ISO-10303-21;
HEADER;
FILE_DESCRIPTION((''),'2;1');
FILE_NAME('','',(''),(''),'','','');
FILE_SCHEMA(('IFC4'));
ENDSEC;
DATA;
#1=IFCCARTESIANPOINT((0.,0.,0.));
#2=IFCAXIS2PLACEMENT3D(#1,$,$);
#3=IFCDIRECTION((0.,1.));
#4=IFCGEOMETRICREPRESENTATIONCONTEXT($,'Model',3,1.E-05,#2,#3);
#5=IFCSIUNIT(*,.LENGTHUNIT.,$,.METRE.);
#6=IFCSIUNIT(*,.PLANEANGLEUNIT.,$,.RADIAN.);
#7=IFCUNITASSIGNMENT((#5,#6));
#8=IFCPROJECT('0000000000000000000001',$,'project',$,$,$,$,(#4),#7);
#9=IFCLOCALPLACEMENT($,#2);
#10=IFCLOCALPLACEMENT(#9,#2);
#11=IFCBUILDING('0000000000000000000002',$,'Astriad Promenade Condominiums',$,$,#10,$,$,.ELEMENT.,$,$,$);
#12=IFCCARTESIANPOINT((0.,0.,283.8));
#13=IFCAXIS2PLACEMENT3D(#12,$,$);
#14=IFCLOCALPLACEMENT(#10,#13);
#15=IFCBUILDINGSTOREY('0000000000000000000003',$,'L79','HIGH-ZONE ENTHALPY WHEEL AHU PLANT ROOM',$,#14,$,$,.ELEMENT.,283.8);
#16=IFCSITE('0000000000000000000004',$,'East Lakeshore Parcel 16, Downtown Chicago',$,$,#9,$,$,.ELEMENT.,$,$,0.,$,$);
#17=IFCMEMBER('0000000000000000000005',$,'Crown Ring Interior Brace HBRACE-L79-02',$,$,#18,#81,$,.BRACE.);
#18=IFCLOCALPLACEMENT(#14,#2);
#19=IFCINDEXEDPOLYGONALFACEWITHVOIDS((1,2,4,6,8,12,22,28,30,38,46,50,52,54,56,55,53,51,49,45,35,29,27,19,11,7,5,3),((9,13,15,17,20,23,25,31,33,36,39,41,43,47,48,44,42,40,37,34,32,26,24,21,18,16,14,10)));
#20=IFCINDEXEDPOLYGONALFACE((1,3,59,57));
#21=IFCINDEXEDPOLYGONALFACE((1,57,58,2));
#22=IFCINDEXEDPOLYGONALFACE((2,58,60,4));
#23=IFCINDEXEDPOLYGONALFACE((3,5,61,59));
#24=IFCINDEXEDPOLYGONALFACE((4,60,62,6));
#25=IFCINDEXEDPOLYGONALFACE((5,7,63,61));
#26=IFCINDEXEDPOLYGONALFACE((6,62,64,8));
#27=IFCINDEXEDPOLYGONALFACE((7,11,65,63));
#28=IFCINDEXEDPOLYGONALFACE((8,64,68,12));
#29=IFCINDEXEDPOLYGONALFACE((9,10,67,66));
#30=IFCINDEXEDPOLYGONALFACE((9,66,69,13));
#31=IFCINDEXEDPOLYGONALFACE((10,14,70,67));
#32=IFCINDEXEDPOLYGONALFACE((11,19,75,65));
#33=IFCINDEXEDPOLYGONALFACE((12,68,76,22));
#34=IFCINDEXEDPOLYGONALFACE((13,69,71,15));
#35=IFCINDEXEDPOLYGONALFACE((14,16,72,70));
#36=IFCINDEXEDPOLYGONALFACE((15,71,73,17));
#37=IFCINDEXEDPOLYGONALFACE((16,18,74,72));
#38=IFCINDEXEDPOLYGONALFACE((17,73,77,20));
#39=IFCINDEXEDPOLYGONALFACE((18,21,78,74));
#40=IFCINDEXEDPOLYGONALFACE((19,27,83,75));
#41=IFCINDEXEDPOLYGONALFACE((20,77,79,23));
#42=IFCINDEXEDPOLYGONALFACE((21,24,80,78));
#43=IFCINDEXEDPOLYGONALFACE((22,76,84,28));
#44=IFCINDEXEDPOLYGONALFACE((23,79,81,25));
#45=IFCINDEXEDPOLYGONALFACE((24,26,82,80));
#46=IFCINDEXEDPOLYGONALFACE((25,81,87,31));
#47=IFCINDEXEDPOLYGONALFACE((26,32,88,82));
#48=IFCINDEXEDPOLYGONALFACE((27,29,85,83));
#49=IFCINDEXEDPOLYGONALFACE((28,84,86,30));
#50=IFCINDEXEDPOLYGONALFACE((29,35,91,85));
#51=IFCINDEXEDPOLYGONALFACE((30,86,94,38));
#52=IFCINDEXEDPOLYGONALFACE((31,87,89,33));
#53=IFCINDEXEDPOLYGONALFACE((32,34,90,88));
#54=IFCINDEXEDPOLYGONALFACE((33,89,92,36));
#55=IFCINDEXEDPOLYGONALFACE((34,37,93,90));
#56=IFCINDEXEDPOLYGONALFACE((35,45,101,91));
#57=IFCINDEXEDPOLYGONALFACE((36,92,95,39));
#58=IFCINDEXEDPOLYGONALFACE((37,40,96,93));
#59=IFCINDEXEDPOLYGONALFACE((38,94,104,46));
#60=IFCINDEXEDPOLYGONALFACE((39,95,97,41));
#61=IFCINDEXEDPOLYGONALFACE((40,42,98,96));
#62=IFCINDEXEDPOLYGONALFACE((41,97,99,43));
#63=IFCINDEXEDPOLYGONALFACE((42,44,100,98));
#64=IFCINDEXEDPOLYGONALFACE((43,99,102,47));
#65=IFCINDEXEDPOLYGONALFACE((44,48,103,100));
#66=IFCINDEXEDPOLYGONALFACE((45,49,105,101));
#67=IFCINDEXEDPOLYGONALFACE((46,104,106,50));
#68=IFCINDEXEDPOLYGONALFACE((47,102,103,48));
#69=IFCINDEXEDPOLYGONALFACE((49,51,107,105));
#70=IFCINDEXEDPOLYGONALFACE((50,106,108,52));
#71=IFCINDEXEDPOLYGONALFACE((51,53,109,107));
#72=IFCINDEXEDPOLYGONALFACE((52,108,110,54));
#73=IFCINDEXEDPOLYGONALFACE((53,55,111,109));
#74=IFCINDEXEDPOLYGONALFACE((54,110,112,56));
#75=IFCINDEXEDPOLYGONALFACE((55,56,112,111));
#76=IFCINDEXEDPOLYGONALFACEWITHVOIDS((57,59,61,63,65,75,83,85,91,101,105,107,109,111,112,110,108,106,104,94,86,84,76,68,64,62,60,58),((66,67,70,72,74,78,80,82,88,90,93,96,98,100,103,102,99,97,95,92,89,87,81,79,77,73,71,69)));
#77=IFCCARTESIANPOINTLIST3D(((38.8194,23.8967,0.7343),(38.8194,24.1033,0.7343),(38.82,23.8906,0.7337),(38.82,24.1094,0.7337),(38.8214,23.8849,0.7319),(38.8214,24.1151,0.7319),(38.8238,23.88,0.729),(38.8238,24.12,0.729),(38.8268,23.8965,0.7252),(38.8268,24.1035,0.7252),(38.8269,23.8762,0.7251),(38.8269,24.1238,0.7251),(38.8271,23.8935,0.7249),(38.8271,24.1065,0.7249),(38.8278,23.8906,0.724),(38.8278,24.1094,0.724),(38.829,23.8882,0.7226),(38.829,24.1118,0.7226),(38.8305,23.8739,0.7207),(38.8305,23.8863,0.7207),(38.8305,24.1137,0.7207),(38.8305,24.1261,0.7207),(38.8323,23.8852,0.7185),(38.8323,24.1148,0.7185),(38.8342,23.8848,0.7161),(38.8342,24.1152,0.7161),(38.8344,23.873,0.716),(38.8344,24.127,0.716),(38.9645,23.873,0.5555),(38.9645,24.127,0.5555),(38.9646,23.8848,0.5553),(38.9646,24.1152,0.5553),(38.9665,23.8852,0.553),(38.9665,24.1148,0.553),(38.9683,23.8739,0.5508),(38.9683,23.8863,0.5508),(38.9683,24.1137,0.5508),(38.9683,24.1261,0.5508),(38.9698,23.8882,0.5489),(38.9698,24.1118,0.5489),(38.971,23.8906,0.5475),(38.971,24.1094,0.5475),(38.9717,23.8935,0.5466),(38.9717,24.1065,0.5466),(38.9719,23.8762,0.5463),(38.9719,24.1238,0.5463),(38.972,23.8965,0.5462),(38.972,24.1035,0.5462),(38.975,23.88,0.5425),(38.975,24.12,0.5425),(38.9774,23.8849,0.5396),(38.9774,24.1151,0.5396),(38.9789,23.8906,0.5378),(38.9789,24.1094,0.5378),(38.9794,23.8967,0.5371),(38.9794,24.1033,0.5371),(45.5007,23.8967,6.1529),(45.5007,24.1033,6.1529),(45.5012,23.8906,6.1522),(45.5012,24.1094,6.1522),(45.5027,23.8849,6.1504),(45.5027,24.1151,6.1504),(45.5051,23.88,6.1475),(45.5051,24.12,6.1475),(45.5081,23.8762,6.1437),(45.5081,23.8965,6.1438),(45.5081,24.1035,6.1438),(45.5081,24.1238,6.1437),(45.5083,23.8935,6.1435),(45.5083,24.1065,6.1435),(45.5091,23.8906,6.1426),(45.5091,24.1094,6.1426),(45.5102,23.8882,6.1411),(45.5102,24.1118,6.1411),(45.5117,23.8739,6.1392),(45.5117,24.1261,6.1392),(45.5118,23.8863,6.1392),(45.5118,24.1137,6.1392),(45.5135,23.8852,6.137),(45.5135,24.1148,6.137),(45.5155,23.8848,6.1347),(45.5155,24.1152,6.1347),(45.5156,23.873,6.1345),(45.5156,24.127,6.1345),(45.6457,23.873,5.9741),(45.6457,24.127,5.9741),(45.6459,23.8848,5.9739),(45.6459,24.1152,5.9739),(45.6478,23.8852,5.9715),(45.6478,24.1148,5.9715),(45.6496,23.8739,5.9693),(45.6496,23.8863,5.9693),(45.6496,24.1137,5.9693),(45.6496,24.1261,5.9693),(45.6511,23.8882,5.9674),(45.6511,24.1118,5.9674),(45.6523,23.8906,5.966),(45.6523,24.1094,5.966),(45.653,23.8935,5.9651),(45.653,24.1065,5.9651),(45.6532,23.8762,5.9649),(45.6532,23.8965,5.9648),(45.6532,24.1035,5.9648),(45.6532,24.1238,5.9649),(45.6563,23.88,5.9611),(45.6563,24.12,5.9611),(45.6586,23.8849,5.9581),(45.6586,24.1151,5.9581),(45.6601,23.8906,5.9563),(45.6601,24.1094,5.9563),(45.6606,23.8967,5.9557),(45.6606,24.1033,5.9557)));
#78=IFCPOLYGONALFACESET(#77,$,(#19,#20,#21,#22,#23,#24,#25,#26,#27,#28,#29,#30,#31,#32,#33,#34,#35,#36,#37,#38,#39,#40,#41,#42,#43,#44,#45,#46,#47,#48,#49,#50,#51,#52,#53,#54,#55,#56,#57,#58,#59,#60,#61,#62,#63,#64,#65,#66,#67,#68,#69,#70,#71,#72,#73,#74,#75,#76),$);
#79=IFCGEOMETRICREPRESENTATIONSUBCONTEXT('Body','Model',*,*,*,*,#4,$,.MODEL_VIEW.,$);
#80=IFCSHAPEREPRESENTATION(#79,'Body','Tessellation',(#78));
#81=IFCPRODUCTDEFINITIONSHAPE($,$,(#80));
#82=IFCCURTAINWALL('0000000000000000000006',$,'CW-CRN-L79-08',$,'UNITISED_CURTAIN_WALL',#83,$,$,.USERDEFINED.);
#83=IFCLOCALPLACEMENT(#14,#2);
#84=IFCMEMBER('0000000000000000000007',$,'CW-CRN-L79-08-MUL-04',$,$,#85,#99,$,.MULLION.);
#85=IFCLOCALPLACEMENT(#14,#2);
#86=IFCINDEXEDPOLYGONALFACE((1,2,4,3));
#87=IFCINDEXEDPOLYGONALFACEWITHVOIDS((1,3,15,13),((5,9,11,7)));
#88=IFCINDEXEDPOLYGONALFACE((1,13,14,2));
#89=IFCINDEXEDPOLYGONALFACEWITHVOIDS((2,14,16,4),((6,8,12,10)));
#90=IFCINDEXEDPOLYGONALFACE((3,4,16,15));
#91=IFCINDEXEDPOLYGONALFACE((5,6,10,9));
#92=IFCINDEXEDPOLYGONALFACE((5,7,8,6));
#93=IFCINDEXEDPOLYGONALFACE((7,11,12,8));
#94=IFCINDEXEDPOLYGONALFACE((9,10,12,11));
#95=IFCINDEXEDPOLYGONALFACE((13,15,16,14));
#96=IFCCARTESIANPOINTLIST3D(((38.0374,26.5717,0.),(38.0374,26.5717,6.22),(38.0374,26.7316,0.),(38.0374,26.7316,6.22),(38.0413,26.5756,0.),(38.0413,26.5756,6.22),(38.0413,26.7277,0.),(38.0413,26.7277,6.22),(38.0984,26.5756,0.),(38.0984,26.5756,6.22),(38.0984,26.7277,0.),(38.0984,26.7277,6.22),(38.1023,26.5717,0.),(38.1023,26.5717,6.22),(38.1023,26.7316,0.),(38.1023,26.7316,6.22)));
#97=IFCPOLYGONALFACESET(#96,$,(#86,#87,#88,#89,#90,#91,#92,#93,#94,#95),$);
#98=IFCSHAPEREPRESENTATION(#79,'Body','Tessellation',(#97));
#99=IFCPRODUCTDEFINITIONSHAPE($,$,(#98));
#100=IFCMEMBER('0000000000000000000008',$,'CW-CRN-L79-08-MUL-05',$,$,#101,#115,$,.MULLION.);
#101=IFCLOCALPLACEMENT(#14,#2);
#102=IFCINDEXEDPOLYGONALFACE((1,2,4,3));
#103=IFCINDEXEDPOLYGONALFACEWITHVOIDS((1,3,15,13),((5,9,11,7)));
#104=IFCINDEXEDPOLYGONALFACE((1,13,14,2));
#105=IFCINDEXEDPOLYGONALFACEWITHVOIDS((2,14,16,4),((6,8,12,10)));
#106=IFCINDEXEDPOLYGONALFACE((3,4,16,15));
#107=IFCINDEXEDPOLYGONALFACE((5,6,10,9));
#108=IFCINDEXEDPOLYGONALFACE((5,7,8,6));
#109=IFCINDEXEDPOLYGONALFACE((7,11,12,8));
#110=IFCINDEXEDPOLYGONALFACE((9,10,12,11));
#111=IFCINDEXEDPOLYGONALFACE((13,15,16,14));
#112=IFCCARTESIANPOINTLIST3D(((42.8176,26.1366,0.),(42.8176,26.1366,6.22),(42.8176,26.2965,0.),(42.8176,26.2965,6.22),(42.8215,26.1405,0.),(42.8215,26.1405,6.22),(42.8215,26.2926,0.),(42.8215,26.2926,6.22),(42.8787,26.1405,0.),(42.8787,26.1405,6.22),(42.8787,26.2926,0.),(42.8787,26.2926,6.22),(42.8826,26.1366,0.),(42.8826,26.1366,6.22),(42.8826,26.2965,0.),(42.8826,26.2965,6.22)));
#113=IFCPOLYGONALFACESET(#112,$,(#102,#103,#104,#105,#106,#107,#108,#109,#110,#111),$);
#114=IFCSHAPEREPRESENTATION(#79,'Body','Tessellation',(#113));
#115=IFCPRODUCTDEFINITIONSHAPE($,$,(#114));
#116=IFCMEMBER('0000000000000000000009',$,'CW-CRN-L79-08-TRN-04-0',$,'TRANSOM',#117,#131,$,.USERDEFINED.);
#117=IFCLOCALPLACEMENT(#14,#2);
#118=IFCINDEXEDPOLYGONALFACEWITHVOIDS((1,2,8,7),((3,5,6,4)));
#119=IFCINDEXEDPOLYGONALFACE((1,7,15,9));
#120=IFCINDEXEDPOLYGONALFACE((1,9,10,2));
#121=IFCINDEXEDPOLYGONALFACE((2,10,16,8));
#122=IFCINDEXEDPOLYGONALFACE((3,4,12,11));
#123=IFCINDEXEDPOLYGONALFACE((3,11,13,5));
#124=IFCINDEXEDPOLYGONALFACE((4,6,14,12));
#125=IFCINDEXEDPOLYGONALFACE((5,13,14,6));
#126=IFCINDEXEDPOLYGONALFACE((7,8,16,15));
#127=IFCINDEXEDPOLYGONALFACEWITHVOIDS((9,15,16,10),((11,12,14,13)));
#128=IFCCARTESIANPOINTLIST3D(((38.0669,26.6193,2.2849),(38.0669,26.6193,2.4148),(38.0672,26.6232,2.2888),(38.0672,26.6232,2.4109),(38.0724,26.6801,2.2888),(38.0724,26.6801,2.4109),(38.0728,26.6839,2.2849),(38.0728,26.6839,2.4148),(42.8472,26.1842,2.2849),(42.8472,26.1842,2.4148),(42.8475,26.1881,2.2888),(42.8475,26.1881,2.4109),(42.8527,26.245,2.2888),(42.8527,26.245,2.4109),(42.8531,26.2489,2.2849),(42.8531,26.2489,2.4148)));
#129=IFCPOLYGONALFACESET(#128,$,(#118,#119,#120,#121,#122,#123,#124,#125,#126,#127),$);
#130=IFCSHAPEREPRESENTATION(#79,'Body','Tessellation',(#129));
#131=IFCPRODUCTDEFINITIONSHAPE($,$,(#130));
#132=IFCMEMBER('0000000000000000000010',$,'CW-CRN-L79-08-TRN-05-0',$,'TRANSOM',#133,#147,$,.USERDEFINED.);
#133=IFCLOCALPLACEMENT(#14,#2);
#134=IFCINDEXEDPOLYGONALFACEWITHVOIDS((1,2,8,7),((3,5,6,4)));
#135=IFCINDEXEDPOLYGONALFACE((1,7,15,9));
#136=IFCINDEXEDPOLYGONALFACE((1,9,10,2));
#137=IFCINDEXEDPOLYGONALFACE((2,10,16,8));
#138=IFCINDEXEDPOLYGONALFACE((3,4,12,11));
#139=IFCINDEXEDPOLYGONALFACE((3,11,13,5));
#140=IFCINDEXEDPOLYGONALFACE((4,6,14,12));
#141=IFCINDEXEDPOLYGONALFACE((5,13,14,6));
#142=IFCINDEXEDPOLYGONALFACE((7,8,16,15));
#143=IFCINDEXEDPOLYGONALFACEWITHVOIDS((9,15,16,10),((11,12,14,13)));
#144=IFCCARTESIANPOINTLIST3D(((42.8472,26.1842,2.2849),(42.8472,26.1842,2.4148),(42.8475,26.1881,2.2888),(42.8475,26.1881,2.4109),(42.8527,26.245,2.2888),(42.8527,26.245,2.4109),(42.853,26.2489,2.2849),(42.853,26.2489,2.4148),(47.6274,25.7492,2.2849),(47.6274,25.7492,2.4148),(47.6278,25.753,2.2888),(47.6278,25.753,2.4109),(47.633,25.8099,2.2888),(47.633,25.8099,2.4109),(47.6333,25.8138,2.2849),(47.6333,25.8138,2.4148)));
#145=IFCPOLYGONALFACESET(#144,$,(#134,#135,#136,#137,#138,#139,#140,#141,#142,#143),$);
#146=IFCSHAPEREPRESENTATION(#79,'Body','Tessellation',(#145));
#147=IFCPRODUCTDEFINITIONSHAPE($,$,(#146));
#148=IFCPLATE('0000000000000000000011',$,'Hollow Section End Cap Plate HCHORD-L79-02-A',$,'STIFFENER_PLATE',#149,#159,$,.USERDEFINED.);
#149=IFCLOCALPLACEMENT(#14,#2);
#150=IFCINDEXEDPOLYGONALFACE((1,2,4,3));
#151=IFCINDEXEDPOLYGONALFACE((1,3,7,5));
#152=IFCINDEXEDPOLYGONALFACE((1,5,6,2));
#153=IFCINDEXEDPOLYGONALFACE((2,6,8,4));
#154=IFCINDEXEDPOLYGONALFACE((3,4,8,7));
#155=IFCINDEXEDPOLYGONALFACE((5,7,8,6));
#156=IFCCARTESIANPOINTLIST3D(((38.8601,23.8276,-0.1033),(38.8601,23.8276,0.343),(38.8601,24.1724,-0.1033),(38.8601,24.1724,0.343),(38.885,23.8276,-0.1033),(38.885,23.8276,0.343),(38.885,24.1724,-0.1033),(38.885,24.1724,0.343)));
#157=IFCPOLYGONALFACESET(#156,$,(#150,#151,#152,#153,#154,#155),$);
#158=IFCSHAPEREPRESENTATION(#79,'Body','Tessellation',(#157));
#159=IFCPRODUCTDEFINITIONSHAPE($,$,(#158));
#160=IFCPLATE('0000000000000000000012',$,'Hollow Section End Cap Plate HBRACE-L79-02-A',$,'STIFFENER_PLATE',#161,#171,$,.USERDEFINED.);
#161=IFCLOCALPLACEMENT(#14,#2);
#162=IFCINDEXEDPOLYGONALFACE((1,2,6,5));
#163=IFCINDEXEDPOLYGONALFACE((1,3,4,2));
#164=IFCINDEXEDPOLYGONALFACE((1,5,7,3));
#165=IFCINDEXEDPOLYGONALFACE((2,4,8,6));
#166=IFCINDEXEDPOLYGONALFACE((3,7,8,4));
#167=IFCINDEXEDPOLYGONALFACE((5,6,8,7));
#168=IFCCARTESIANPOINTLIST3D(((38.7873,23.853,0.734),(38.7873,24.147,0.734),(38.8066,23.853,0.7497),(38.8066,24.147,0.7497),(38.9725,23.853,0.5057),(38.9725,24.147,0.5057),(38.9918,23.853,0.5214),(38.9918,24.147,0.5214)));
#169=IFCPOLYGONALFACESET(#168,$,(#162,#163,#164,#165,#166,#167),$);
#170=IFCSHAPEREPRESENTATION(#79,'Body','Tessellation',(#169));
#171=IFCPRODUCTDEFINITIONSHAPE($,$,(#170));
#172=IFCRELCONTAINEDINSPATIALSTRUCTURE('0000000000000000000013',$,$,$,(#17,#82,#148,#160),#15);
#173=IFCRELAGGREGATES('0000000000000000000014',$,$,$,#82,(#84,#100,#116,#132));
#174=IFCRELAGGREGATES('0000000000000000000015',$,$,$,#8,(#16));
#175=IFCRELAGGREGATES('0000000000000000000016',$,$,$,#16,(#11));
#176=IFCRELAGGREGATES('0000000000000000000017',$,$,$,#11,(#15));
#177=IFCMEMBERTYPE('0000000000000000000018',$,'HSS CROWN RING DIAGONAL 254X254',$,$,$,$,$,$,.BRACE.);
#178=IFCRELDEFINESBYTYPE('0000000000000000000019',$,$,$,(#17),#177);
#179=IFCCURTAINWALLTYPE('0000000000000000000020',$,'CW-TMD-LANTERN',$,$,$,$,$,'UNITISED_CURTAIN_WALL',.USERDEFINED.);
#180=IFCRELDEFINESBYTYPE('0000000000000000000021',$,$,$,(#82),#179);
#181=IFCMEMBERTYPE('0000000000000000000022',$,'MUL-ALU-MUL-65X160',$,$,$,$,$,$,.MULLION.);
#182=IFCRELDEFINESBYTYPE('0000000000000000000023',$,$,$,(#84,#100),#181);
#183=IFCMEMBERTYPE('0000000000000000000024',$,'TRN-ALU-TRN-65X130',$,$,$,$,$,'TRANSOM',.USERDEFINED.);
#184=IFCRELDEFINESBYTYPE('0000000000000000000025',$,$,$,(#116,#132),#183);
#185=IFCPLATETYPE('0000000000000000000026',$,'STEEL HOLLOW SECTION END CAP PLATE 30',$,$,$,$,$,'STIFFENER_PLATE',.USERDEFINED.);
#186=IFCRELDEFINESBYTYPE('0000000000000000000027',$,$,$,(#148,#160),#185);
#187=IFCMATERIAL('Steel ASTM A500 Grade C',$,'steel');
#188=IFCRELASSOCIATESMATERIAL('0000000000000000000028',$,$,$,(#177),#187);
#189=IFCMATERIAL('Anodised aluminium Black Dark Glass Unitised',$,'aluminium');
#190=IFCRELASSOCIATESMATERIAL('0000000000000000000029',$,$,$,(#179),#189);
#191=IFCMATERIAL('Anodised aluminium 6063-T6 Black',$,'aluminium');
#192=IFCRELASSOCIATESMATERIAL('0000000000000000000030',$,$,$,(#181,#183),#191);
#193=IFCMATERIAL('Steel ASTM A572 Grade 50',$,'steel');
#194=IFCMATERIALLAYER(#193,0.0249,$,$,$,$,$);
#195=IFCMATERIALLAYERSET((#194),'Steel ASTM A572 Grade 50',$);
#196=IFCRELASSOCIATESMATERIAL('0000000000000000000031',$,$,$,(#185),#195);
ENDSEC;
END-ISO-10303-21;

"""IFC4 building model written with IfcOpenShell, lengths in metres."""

from ifc_helpers import new_model, si_unit, direction, frame, origin, origin_2d, place, context, subcontext, project, spatial, rectangle, hollow_rectangle, extrude, source, transform, mapped, material, layer, layer_set, material_profile, profile_set, type_object, type_shapes, element, aggregate, save


model = new_model("IFC4")

# Units and contexts
model_context = context("Model", 3, precision=1e-05, world=origin(), true_north=direction((0.0, 1.0)))
body_context = subcontext(model_context, "Body", "Model", "MODEL_VIEW")
ifc_project = project(units=[si_unit("LENGTHUNIT", "METRE"), si_unit("PLANEANGLEUNIT", "RADIAN")], contexts=[model_context])

# Site, building, storey
site_placement = place(None, origin())
site = spatial("IfcSite", under=ifc_project, at=site_placement, Name="East Lakeshore Parcel 16, Downtown Chicago", CompositionType="ELEMENT", RefElevation=0.0)
building_placement = place(site_placement, origin())
building = spatial("IfcBuilding", under=site, at=building_placement, Name="Astriad Promenade Condominiums", CompositionType="ELEMENT")
storey_placement = place(building_placement, frame((0.0, 0.0, 283.8)))
storey = spatial("IfcBuildingStorey", under=building, at=storey_placement, Name="L79", Description="HIGH-ZONE ENTHALPY WHEEL AHU PLANT ROOM", CompositionType="ELEMENT", Elevation=283.8)

# Member
ifc_material_1 = material(Name="Steel ASTM A500 Grade C", Category="steel")
ifc_material_profile_1 = material_profile(ifc_material_1, hollow_rectangle(XDim=0.2539, YDim=0.2539, WallThickness=0.0117, InnerFilletRadius=0.0117, OuterFilletRadius=0.0237, at=origin_2d()), Name="HSS254X254X12.7")
ifc_profile_set_1 = profile_set([ifc_material_profile_1], Name="Steel ASTM A500 Grade C")
member_type_1 = type_object("IfcMemberType", Name="HSS CROWN RING DIAGONAL 254X254", PredefinedType="BRACE", material=ifc_profile_set_1)
shared_shape_1 = source(origin(), body_context, "Body", "SweptSolid", [
    extrude(hollow_rectangle(XDim=0.2539, YDim=0.2539, WallThickness=0.0117, InnerFilletRadius=0.0117, OuterFilletRadius=0.0237, at=origin_2d()), origin(), (0.0, 0.0, 1.0), 8.6023),
])
type_shapes(member_type_1, [shared_shape_1])
member_1_placement = place(storey_placement, frame((38.8994, 24.0, 0.6357), z_axis=(0.776681, 0.0, 0.629894), x_axis=(0.0, 1.0, 0.0)))
element("IfcMember", 1, at=member_1_placement, inside=storey, type_object=member_type_1, Name="Crown Ring Interior Brace HBRACE-L79-02", PredefinedType="BRACE", context=body_context, shape_type="MappedRepresentation", body=[
    mapped(shared_shape_1, transform((0.0, 0.0, 0.0), scale=1.0)),
])

# Curtain wall, members
ifc_material_2 = material(Name="Anodised aluminium Black Dark Glass Unitised", Category="aluminium")
curtain_wall_type = type_object("IfcCurtainWallType", Name="CW-TMD-LANTERN", ElementType="UNITISED_CURTAIN_WALL", PredefinedType="USERDEFINED", material=ifc_material_2)
curtain_wall_placement = place(storey_placement, origin())
curtain_wall = element("IfcCurtainWall", 2, at=curtain_wall_placement, inside=storey, type_object=curtain_wall_type, Name="CW-CRN-L79-08", ObjectType="UNITISED_CURTAIN_WALL", PredefinedType="USERDEFINED")
ifc_material_3 = material(Name="Anodised aluminium 6063-T6 Black", Category="aluminium")
ifc_material_profile_2 = material_profile(ifc_material_3, hollow_rectangle(XDim=0.0649, YDim=0.1599, WallThickness=0.0039, at=origin_2d()), Name="ALU-MUL-65X160")
ifc_profile_set_2 = profile_set([ifc_material_profile_2], Name="Anodised aluminium 6063-T6 Black")
member_type_2 = type_object("IfcMemberType", Name="MUL-ALU-MUL-65X160", PredefinedType="MULLION", material=ifc_profile_set_2)
shared_shape_2 = source(origin(), body_context, "Body", "SweptSolid", [
    extrude(hollow_rectangle(XDim=0.0649, YDim=0.1599, WallThickness=0.0039, at=origin_2d()), origin(), (0.0, 0.0, 1.0), 6.22),
])
type_shapes(member_type_2, [shared_shape_2])
member_2_placement = place(storey_placement, frame((38.0698, 26.6516, 0.0), z_axis=(0.0, 0.0, 1.0), x_axis=(1.0, 0.0, 0.0)))
member_2 = element("IfcMember", 3, at=member_2_placement, type_object=member_type_2, Name="CW-CRN-L79-08-MUL-04", PredefinedType="MULLION", context=body_context, shape_type="MappedRepresentation", body=[
    mapped(shared_shape_2, transform((0.0, 0.0, 0.0), scale=1.0)),
])
member_3_placement = place(storey_placement, frame((42.8501, 26.2166, 0.0), z_axis=(0.0, 0.0, 1.0), x_axis=(1.0, 0.0, 0.0)))
member_3 = element("IfcMember", 4, at=member_3_placement, type_object=member_type_2, Name="CW-CRN-L79-08-MUL-05", PredefinedType="MULLION", context=body_context, shape_type="MappedRepresentation", body=[
    mapped(shared_shape_2, transform((0.0, 0.0, 0.0), scale=1.0)),
])
ifc_material_profile_3 = material_profile(ifc_material_3, hollow_rectangle(XDim=0.0649, YDim=0.1299, WallThickness=0.0039, at=origin_2d()), Name="ALU-TRN-65X130")
ifc_profile_set_3 = profile_set([ifc_material_profile_3], Name="Anodised aluminium 6063-T6 Black")
member_type_3 = type_object("IfcMemberType", Name="TRN-ALU-TRN-65X130", ElementType="TRANSOM", PredefinedType="USERDEFINED", material=ifc_profile_set_3)
shared_shape_3 = source(origin(), body_context, "Body", "SweptSolid", [
    extrude(hollow_rectangle(XDim=0.0649, YDim=0.1299, WallThickness=0.0039, at=origin_2d()), origin(), (0.0, 0.0, 1.0), 4.8),
])
type_shapes(member_type_3, [shared_shape_3])
member_4_placement = place(storey_placement, frame((38.0698, 26.6516, 2.3499), z_axis=(0.995884, -0.090637, 0.0), x_axis=(0.090637, 0.995884, 0.0)))
member_4 = element("IfcMember", 5, at=member_4_placement, type_object=member_type_3, Name="CW-CRN-L79-08-TRN-04-0", ObjectType="TRANSOM", PredefinedType="USERDEFINED", context=body_context, shape_type="MappedRepresentation", body=[
    mapped(shared_shape_3, transform((0.0, 0.0, 0.0), scale=1.0)),
])
member_5_placement = place(storey_placement, frame((42.8501, 26.2166, 2.3499), z_axis=(0.995884, -0.090637, 0.0), x_axis=(0.090637, 0.995884, 0.0)))
member_5 = element("IfcMember", 6, at=member_5_placement, type_object=member_type_3, Name="CW-CRN-L79-08-TRN-05-0", ObjectType="TRANSOM", PredefinedType="USERDEFINED", context=body_context, shape_type="MappedRepresentation", body=[
    mapped(shared_shape_3, transform((0.0, 0.0, 0.0), scale=1.0)),
])

# Plates
ifc_material_4 = material(Name="Steel ASTM A572 Grade 50", Category="steel")
ifc_layer_1 = layer(ifc_material_4, 0.0249)
ifc_layer_set_1 = layer_set([ifc_layer_1], Name="Steel ASTM A572 Grade 50")
plate_type_1 = type_object("IfcPlateType", Name="STEEL HOLLOW SECTION END CAP PLATE 30", ElementType="STIFFENER_PLATE", PredefinedType="USERDEFINED", material=ifc_layer_set_1)
shared_shape_4 = source(origin(), body_context, "Body", "SweptSolid", [
    extrude(rectangle(XDim=0.3447, YDim=0.4463, at=origin_2d()), origin(), (0.0, 0.0, 1.0), 0.0249),
])
plate_1_placement = place(storey_placement, frame((38.8601, 24.0, 0.1199), z_axis=(1.0, 0.0, 0.0), x_axis=(0.0, 1.0, 0.0)))
element("IfcPlate", 7, at=plate_1_placement, inside=storey, type_object=plate_type_1, Name="Hollow Section End Cap Plate HCHORD-L79-02-A", ObjectType="STIFFENER_PLATE", PredefinedType="USERDEFINED", context=body_context, shape_type="MappedRepresentation", body=[
    mapped(shared_shape_4, transform((0.0, 0.0, 0.0), scale=1.0)),
])
shared_shape_5 = source(origin(), body_context, "Body", "SweptSolid", [
    extrude(rectangle(XDim=0.2939, YDim=0.2939, at=origin_2d()), origin(), (0.0, 0.0, 1.0), 0.0249),
])
type_shapes(plate_type_1, [shared_shape_4, shared_shape_5])
plate_2_placement = place(storey_placement, frame((38.8799, 24.0, 0.6199), z_axis=(0.776676, 0.0, 0.629901), x_axis=(0.0, 1.0, 0.0)))
element("IfcPlate", 8, at=plate_2_placement, inside=storey, type_object=plate_type_1, Name="Hollow Section End Cap Plate HBRACE-L79-02-A", ObjectType="STIFFENER_PLATE", PredefinedType="USERDEFINED", context=body_context, shape_type="MappedRepresentation", body=[
    mapped(shared_shape_5, transform((0.0, 0.0, 0.0), scale=1.0)),
])

aggregate(curtain_wall, [member_2, member_3, member_4, member_5])

save(model, "model.ifc")
